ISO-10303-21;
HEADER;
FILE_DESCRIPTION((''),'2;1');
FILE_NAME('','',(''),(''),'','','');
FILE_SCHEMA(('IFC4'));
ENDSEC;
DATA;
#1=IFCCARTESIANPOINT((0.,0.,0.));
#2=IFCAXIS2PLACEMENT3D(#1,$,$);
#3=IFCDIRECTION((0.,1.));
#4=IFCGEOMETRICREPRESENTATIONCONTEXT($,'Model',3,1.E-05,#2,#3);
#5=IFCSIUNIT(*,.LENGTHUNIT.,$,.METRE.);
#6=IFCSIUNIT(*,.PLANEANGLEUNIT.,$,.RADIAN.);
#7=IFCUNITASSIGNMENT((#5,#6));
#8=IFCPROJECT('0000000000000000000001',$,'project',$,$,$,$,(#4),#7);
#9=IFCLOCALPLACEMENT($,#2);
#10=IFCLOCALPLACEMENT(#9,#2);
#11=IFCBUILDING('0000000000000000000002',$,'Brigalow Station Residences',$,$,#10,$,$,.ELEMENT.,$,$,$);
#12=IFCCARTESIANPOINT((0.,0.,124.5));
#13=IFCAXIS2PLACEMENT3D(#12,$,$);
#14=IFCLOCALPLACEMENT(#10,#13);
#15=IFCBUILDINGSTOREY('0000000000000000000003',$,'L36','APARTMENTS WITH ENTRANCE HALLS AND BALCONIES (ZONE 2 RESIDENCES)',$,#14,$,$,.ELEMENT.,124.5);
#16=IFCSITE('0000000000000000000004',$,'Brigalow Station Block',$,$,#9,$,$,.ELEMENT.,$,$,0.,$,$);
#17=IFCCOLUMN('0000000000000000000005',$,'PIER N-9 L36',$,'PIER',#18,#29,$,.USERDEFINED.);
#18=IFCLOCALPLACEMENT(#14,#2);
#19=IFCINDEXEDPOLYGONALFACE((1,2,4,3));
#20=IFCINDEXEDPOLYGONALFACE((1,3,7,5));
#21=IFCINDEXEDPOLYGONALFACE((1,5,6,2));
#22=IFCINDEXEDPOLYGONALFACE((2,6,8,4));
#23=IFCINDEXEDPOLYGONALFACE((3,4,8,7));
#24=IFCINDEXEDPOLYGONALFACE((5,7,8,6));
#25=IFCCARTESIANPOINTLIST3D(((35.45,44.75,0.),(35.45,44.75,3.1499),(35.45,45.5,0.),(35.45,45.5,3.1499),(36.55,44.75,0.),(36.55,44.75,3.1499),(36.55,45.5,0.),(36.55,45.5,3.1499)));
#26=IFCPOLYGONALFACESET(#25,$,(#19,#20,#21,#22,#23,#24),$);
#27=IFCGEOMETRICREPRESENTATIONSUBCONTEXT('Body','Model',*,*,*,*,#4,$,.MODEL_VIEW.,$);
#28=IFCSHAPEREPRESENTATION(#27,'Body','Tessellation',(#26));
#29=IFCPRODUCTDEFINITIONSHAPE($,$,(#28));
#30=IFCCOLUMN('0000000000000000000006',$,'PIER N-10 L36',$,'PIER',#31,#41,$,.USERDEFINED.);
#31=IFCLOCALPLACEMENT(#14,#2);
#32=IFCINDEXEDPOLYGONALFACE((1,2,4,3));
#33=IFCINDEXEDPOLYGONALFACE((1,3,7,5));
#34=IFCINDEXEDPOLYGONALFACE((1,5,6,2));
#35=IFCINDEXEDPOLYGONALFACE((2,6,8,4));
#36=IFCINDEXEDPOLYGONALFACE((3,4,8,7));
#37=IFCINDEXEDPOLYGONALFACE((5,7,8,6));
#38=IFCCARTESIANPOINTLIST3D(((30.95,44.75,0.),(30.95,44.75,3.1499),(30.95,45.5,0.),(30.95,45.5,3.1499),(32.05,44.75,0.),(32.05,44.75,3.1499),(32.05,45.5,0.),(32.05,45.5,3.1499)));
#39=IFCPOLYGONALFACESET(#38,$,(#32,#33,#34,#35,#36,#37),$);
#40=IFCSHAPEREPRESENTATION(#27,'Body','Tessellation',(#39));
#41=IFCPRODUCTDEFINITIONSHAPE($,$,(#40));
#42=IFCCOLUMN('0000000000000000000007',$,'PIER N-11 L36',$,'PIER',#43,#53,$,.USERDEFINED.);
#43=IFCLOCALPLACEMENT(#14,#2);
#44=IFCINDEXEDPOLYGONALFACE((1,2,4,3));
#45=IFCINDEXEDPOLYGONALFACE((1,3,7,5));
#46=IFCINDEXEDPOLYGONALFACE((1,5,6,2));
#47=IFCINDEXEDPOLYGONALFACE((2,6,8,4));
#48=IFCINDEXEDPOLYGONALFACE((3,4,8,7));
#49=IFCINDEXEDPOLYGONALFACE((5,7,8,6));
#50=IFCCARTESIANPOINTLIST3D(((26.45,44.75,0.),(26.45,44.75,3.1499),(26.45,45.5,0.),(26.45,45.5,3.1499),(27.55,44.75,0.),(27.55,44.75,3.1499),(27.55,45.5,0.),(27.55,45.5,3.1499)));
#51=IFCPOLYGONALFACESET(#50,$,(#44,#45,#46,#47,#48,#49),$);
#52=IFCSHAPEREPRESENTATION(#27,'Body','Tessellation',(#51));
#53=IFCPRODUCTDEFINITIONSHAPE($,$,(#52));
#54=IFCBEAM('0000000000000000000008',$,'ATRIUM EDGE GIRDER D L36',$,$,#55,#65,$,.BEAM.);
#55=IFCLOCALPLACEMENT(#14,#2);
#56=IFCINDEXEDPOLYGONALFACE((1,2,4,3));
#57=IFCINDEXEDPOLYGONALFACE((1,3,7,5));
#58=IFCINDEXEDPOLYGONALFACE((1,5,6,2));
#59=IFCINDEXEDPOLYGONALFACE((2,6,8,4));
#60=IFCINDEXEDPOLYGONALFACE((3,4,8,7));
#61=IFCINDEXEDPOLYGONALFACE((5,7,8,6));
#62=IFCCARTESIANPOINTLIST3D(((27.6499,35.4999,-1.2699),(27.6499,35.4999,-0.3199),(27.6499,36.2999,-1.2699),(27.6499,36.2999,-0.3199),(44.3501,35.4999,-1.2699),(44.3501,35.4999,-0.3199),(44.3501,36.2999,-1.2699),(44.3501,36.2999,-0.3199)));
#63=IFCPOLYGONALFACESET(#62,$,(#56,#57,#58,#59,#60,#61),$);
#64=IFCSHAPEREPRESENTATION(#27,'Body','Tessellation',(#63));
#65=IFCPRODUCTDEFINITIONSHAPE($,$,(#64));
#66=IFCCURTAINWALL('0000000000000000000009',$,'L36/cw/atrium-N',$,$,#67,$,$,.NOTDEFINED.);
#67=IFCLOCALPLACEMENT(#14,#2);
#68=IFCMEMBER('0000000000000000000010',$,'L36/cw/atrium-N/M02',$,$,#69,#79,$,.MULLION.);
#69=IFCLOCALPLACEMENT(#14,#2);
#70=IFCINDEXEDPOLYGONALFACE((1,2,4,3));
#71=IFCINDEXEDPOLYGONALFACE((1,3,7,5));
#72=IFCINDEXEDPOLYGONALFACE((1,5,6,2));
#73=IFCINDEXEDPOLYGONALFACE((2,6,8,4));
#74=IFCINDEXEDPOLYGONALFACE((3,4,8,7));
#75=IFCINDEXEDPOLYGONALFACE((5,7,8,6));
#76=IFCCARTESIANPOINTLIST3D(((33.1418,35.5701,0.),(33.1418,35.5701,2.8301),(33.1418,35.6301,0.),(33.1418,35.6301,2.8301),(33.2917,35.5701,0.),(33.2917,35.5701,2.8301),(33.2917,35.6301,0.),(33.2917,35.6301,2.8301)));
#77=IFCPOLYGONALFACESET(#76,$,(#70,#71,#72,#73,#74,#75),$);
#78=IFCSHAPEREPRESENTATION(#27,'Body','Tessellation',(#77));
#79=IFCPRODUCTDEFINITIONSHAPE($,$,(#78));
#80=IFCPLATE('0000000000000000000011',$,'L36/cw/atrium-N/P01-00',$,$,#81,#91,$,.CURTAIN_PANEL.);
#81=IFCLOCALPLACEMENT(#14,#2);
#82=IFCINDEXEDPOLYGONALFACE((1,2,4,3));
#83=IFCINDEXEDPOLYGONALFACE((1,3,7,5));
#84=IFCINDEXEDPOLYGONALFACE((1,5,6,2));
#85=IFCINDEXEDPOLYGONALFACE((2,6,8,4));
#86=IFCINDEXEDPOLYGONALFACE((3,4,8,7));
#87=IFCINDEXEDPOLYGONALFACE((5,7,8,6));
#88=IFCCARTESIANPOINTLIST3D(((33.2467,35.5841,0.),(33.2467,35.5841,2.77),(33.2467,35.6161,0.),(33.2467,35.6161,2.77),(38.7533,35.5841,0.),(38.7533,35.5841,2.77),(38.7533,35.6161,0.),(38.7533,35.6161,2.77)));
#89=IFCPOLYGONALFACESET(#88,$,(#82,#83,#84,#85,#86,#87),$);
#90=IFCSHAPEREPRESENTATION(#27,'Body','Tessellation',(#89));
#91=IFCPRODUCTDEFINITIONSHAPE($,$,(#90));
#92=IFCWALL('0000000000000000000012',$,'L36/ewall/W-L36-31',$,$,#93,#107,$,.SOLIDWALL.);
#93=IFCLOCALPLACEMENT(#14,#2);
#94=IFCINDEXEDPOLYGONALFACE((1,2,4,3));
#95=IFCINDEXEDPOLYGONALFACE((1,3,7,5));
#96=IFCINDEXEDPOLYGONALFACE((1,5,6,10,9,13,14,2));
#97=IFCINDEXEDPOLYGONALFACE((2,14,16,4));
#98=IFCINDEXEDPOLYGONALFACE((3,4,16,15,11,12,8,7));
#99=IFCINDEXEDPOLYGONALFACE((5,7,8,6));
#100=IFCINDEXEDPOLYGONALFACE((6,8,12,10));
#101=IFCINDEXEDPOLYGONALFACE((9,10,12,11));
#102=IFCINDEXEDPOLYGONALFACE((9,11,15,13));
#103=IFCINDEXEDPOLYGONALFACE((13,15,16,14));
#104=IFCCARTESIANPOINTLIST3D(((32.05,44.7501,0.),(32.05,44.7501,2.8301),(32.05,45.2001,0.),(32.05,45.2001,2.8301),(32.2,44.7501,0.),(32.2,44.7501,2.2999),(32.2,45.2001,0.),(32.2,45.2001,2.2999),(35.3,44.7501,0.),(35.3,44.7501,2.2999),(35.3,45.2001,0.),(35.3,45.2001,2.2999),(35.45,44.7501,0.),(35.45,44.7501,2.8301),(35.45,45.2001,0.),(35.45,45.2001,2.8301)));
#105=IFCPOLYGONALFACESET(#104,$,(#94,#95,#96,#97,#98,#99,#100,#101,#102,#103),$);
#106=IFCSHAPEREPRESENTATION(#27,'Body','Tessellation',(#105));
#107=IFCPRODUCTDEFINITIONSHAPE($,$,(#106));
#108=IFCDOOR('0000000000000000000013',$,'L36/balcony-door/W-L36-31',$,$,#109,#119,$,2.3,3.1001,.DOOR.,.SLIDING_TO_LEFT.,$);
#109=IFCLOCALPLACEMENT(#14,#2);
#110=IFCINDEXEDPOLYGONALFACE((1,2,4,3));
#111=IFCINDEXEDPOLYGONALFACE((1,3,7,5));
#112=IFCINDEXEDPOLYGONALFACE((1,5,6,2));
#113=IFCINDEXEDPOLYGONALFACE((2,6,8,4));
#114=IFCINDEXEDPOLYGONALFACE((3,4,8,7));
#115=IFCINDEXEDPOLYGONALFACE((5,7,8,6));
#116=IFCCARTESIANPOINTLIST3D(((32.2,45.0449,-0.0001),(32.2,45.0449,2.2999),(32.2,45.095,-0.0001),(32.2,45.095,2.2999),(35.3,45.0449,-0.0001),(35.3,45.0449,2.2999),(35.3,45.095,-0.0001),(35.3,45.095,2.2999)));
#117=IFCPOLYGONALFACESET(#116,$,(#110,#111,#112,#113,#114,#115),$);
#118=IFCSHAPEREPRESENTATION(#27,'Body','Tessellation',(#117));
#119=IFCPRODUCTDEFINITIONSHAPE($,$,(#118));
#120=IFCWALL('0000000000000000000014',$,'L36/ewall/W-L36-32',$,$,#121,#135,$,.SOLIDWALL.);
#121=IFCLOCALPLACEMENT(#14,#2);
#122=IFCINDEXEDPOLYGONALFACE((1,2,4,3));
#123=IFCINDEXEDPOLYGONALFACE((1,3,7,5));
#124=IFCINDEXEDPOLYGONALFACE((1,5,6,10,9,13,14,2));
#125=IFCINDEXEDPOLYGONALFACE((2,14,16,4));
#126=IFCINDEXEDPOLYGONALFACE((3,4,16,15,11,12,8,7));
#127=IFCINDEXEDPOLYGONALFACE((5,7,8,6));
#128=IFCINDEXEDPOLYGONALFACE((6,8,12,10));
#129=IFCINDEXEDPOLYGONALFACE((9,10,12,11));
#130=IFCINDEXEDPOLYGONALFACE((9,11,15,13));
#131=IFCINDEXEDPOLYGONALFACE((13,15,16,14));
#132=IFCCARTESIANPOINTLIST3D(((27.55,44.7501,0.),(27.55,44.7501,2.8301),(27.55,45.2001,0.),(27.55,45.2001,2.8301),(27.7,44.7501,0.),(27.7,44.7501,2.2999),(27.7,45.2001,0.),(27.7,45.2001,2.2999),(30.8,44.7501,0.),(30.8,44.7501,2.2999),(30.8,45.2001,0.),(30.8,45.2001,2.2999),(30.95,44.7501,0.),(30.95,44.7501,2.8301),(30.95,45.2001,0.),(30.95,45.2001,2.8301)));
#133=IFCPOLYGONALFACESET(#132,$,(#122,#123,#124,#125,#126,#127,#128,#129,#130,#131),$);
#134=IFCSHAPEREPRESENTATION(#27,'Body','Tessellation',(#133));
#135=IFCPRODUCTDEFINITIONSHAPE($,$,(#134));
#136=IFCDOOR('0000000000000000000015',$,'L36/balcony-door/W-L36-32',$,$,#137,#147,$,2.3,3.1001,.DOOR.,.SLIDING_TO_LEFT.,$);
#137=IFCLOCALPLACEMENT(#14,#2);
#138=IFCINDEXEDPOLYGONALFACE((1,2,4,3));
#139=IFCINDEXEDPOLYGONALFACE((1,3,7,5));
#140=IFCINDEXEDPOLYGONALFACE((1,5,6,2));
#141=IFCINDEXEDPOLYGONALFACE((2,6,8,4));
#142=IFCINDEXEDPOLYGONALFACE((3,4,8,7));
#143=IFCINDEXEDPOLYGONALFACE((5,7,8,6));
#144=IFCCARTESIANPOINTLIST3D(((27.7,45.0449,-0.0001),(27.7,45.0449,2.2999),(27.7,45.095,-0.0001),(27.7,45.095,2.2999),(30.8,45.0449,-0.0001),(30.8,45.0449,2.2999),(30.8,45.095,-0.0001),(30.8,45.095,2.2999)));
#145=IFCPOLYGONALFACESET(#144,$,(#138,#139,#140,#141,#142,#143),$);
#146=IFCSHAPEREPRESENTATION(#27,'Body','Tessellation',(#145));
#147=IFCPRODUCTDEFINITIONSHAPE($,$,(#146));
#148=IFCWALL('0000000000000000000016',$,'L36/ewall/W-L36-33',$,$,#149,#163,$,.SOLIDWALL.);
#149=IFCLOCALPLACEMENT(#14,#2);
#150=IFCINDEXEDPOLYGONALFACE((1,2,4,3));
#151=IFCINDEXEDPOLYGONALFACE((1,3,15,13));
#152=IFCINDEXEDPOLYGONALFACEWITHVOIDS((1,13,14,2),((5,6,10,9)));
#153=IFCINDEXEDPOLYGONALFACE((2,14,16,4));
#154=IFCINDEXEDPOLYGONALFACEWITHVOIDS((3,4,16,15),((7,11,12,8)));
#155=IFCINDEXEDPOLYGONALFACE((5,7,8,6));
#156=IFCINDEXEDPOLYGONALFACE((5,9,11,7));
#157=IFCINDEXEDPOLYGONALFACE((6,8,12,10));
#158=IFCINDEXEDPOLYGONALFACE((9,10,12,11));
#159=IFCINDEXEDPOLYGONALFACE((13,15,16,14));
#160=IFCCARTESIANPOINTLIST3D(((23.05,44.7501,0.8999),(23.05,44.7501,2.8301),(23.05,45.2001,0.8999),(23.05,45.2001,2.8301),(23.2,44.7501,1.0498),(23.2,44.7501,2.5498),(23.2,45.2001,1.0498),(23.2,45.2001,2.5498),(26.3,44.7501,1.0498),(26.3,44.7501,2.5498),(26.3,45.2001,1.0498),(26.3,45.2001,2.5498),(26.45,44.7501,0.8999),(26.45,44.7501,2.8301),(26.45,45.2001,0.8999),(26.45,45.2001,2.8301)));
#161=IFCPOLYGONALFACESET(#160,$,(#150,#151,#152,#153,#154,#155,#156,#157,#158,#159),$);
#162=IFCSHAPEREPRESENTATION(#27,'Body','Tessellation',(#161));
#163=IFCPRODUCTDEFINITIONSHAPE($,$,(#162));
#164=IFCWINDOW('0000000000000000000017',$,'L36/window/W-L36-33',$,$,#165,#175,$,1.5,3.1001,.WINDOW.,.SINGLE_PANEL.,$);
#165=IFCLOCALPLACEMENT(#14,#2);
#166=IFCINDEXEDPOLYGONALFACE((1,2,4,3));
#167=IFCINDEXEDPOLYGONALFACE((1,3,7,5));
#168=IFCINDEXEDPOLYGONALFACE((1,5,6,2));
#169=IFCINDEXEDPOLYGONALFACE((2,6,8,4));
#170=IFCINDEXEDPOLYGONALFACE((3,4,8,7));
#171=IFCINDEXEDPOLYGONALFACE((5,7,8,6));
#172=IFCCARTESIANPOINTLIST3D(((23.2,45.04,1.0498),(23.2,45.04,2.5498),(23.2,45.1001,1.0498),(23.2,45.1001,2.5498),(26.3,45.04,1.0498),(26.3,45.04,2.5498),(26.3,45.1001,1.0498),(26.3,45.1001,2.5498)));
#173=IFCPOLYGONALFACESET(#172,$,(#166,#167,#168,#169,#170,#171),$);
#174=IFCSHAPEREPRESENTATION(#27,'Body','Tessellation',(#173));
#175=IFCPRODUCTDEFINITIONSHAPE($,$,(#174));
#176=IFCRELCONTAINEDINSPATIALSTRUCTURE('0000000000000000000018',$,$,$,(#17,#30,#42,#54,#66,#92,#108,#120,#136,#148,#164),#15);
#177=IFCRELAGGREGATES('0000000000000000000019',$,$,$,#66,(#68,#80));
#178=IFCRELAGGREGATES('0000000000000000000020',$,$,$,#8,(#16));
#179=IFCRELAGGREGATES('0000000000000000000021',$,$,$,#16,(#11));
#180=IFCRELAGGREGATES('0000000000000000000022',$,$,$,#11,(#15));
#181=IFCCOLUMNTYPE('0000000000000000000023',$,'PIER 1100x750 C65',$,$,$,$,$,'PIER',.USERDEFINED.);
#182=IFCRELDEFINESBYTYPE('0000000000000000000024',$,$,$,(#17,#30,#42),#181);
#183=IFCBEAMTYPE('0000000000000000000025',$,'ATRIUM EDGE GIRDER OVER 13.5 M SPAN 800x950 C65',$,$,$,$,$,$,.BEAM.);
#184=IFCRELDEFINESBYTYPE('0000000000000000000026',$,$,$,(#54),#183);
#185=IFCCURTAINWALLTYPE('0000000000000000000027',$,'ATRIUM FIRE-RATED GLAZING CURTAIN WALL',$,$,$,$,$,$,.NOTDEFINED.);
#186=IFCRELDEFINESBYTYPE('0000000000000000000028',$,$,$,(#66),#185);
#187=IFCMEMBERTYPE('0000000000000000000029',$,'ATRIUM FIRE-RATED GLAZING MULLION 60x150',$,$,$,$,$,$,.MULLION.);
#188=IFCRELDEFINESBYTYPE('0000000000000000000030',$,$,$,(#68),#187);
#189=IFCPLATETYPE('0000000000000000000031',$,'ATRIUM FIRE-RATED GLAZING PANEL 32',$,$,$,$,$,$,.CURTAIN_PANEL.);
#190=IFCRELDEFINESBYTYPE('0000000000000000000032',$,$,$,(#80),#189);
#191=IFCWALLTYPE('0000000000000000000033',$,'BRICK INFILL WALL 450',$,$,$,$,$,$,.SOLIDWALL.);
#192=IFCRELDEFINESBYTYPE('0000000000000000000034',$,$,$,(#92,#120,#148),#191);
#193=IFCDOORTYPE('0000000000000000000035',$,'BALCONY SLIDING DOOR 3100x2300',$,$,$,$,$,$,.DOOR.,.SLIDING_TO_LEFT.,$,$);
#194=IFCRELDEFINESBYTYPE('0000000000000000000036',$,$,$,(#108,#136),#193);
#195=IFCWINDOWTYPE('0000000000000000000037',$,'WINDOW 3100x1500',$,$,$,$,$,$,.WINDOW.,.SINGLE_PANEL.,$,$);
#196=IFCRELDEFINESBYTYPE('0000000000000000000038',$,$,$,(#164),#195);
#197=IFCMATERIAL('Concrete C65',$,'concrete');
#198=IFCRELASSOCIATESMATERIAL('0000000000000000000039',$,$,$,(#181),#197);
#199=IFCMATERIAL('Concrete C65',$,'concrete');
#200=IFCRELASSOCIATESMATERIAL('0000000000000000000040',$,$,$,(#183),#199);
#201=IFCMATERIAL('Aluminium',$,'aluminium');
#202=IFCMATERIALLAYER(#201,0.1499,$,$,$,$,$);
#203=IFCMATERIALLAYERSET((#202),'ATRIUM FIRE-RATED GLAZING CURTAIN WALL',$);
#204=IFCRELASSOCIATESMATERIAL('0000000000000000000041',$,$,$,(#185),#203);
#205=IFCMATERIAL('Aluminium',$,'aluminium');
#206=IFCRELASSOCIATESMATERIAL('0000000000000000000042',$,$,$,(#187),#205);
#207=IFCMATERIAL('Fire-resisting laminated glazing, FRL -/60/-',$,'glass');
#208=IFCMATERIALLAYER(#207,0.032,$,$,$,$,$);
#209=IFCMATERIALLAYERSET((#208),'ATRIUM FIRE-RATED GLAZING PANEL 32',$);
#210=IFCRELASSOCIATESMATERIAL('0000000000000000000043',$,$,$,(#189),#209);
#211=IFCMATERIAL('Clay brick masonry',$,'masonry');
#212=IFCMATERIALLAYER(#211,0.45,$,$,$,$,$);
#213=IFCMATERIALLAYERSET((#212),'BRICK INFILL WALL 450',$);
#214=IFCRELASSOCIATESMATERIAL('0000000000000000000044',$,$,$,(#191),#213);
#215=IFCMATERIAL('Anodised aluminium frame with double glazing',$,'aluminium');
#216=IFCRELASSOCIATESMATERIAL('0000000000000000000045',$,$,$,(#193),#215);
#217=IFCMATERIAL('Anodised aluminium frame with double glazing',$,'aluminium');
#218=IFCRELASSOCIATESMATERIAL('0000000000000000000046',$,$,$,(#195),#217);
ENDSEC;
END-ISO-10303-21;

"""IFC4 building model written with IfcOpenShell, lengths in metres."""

from ifc_helpers import new_model, si_unit, direction, frame, frame_2d, origin, origin_2d, place, context, subcontext, project, spatial, rectangle, extrude, material, layer, layer_set, material_profile, profile_set, type_object, element, fill, aggregate, save


model = new_model("IFC4")

# Units and contexts
model_context = context("Model", 3, precision=1e-05, world=origin(), true_north=direction((0.0, 1.0)))
body_context = subcontext(model_context, "Body", "Model", "MODEL_VIEW")
ifc_project = project(units=[si_unit("LENGTHUNIT", "METRE"), si_unit("PLANEANGLEUNIT", "RADIAN")], contexts=[model_context])

# Site, building, storey
site_placement = place(None, origin())
site = spatial("IfcSite", under=ifc_project, at=site_placement, Name="Brigalow Station Block", CompositionType="ELEMENT", RefElevation=0.0)
building_placement = place(site_placement, origin())
building = spatial("IfcBuilding", under=site, at=building_placement, Name="Brigalow Station Residences", CompositionType="ELEMENT")
storey_placement = place(building_placement, frame((0.0, 0.0, 124.5)))
storey = spatial("IfcBuildingStorey", under=building, at=storey_placement, Name="L36", Description="APARTMENTS WITH ENTRANCE HALLS AND BALCONIES (ZONE 2 RESIDENCES)", CompositionType="ELEMENT", Elevation=124.5)

# Columns
ifc_material_1 = material(Name="Concrete C65", Category="concrete")
ifc_material_profile_1 = material_profile(ifc_material_1, rectangle(XDim=1.1001, YDim=0.75, at=origin_2d()), Name="RC1100x750")
ifc_profile_set_1 = profile_set([ifc_material_profile_1], Name="Concrete C65")
column_type = type_object("IfcColumnType", Name="PIER 1100x750 C65", ElementType="PIER", PredefinedType="USERDEFINED", material=ifc_profile_set_1)
for number, where, z_axis, x_axis, name in (
    (1, (36.0, 45.125, 0.0), (0.0, 0.0, 1.0), (-1.0, 0.0, 0.0), "PIER N-9 L36"),
    (2, (31.5, 45.125, 0.0), (0.0, 0.0, 1.0), (-1.0, 0.0, 0.0), "PIER N-10 L36"),
    (3, (27.0, 45.125, 0.0), (0.0, 0.0, 1.0), (-1.0, 0.0, 0.0), "PIER N-11 L36"),
):
    element("IfcColumn", number, at=place(storey_placement, frame(where, z_axis=z_axis, x_axis=x_axis)), inside=storey, type_object=column_type, Name=name, ObjectType="PIER", PredefinedType="USERDEFINED", context=body_context, shape_type="SweptSolid", body=[
        extrude(rectangle(XDim=1.1001, YDim=0.75, at=origin_2d()), origin(), (0.0, 0.0, 1.0), 3.1499),
    ])

# Beam
ifc_material_2 = material(Name="Concrete C65", Category="concrete")
ifc_material_profile_2 = material_profile(ifc_material_2, rectangle(XDim=0.8, YDim=0.95, at=origin_2d()), Name="RC800x950")
ifc_profile_set_2 = profile_set([ifc_material_profile_2], Name="Concrete C65")
beam_type = type_object("IfcBeamType", Name="ATRIUM EDGE GIRDER OVER 13.5 M SPAN 800x950 C65", PredefinedType="BEAM", material=ifc_profile_set_2)
beam_placement = place(storey_placement, frame((27.6499, 35.8999, -0.7949), z_axis=(1.0, 0.0, 0.0), x_axis=(0.0, 1.0, 0.0)))
element("IfcBeam", 4, at=beam_placement, inside=storey, type_object=beam_type, Name="ATRIUM EDGE GIRDER D L36", PredefinedType="BEAM", context=body_context, shape_type="SweptSolid", body=[
    extrude(rectangle(XDim=0.8, YDim=0.95, at=origin_2d()), origin(), (0.0, 0.0, 1.0), 16.7002),
])

# Curtain wall, member, plate
ifc_material_3 = material(Name="Aluminium", Category="aluminium")
ifc_layer_1 = layer(ifc_material_3, 0.1499)
ifc_layer_set_1 = layer_set([ifc_layer_1], Name="ATRIUM FIRE-RATED GLAZING CURTAIN WALL")
curtain_wall_type = type_object("IfcCurtainWallType", Name="ATRIUM FIRE-RATED GLAZING CURTAIN WALL", PredefinedType="NOTDEFINED", material=ifc_layer_set_1)
curtain_wall_placement = place(storey_placement, origin())
curtain_wall = element("IfcCurtainWall", 5, at=curtain_wall_placement, inside=storey, type_object=curtain_wall_type, Name="L36/cw/atrium-N", PredefinedType="NOTDEFINED")
ifc_material_4 = material(Name="Aluminium", Category="aluminium")
ifc_material_profile_3 = material_profile(ifc_material_4, rectangle(XDim=0.0601, YDim=0.1499, at=origin_2d()), Name="ATRIUM FIRE-RATED GLAZING MULLION 60x150")
ifc_profile_set_3 = profile_set([ifc_material_profile_3], Name="Aluminium")
member_type = type_object("IfcMemberType", Name="ATRIUM FIRE-RATED GLAZING MULLION 60x150", PredefinedType="MULLION", material=ifc_profile_set_3)
member_placement = place(storey_placement, frame((33.2168, 35.6001, 0.0), z_axis=(0.0, 0.0, 1.0), x_axis=(0.0, -1.0, 0.0)))
member = element("IfcMember", 6, at=member_placement, type_object=member_type, Name="L36/cw/atrium-N/M02", PredefinedType="MULLION", context=body_context, shape_type="SweptSolid", body=[
    extrude(rectangle(XDim=0.0601, YDim=0.1499, at=origin_2d()), origin(), (0.0, 0.0, 1.0), 2.8301),
])
ifc_material_5 = material(Name="Fire-resisting laminated glazing, FRL -/60/-", Category="glass")
ifc_layer_2 = layer(ifc_material_5, 0.032)
ifc_layer_set_2 = layer_set([ifc_layer_2], Name="ATRIUM FIRE-RATED GLAZING PANEL 32")
plate_type = type_object("IfcPlateType", Name="ATRIUM FIRE-RATED GLAZING PANEL 32", PredefinedType="CURTAIN_PANEL", material=ifc_layer_set_2)
plate_placement = place(storey_placement, frame((36.0, 35.6001, 0.0), z_axis=(0.0, 0.0, 1.0), x_axis=(-1.0, 0.0, 0.0)))
plate = element("IfcPlate", 7, at=plate_placement, type_object=plate_type, Name="L36/cw/atrium-N/P01-00", PredefinedType="CURTAIN_PANEL", context=body_context, shape_type="SweptSolid", body=[
    extrude(rectangle(XDim=5.5066, YDim=0.032, at=origin_2d()), origin(), (0.0, 0.0, 1.0), 2.77),
])
aggregate(curtain_wall, [member, plate])

# Walls, openings, doors
ifc_material_6 = material(Name="Clay brick masonry", Category="masonry")
ifc_layer_3 = layer(ifc_material_6, 0.45)
ifc_layer_set_3 = layer_set([ifc_layer_3], Name="BRICK INFILL WALL 450")
wall_type_1 = type_object("IfcWallType", Name="BRICK INFILL WALL 450", PredefinedType="SOLIDWALL", material=ifc_layer_set_3)
wall_1_placement = place(storey_placement, frame((35.45, 44.9751, 0.0), z_axis=(0.0, 0.0, 1.0), x_axis=(-1.0, 0.0, 0.0)))
wall_1 = element("IfcWall", 8, at=wall_1_placement, inside=storey, type_object=wall_type_1, Name="L36/ewall/W-L36-31", PredefinedType="SOLIDWALL", context=body_context, shape_type="SweptSolid", body=[
    extrude(rectangle(XDim=3.3999, YDim=0.45, at=frame_2d((1.7, 0.0))), origin(), (0.0, 0.0, 1.0), 2.8301),
])
opening_1_placement = place(wall_1_placement, frame((0.1499, 0.0, 0.0)))
opening_1 = element("IfcOpeningElement", 9, at=opening_1_placement, cuts=wall_1, PredefinedType="OPENING", context=body_context, shape_type="SweptSolid", body=[
    extrude(rectangle(XDim=3.1001, YDim=2.3, at=frame_2d((1.55, 1.1499))), frame((0.0, 0.2349, 0.0), z_axis=(0.0, -1.0, 0.0), x_axis=(1.0, 0.0, 0.0)), (0.0, 0.0, 1.0), 0.47),
])
ifc_material_7 = material(Name="Anodised aluminium frame with double glazing", Category="aluminium")
door_type_1 = type_object("IfcDoorType", Name="BALCONY SLIDING DOOR 3100x2300", OperationType="SLIDING_TO_LEFT", PredefinedType="DOOR", material=ifc_material_7)
door_1_placement = place(opening_1_placement, origin())
door_1 = element("IfcDoor", 10, at=door_1_placement, inside=storey, type_object=door_type_1, Name="L36/balcony-door/W-L36-31", OperationType="SLIDING_TO_LEFT", OverallHeight=2.3, OverallWidth=3.1001, PredefinedType="DOOR", context=body_context, shape_type="SweptSolid", body=[
    extrude(rectangle(XDim=3.1001, YDim=2.3, at=frame_2d((1.55, 1.1499))), frame((0.0, -0.0698, 0.0), z_axis=(0.0, -1.0, 0.0), x_axis=(1.0, 0.0, 0.0)), (0.0, 0.0, 1.0), 0.05),
])
fill(opening_1, door_1)
wall_2_placement = place(storey_placement, frame((30.95, 44.9751, 0.0), z_axis=(0.0, 0.0, 1.0), x_axis=(-1.0, 0.0, 0.0)))
wall_2 = element("IfcWall", 11, at=wall_2_placement, inside=storey, type_object=wall_type_1, Name="L36/ewall/W-L36-32", PredefinedType="SOLIDWALL", context=body_context, shape_type="SweptSolid", body=[
    extrude(rectangle(XDim=3.3999, YDim=0.45, at=frame_2d((1.7, 0.0))), origin(), (0.0, 0.0, 1.0), 2.8301),
])
opening_2_placement = place(wall_2_placement, frame((0.1499, 0.0, 0.0)))
opening_2 = element("IfcOpeningElement", 12, at=opening_2_placement, cuts=wall_2, PredefinedType="OPENING", context=body_context, shape_type="SweptSolid", body=[
    extrude(rectangle(XDim=3.1001, YDim=2.3, at=frame_2d((1.55, 1.1499))), frame((0.0, 0.2349, 0.0), z_axis=(0.0, -1.0, 0.0), x_axis=(1.0, 0.0, 0.0)), (0.0, 0.0, 1.0), 0.47),
])
door_2_placement = place(opening_2_placement, origin())
door_2 = element("IfcDoor", 13, at=door_2_placement, inside=storey, type_object=door_type_1, Name="L36/balcony-door/W-L36-32", OperationType="SLIDING_TO_LEFT", OverallHeight=2.3, OverallWidth=3.1001, PredefinedType="DOOR", context=body_context, shape_type="SweptSolid", body=[
    extrude(rectangle(XDim=3.1001, YDim=2.3, at=frame_2d((1.55, 1.1499))), frame((0.0, -0.0698, 0.0), z_axis=(0.0, -1.0, 0.0), x_axis=(1.0, 0.0, 0.0)), (0.0, 0.0, 1.0), 0.05),
])
fill(opening_2, door_2)

# Wall, opening, window
wall_3_placement = place(storey_placement, frame((26.45, 44.9751, 0.8999), z_axis=(0.0, 0.0, 1.0), x_axis=(-1.0, 0.0, 0.0)))
wall_3 = element("IfcWall", 14, at=wall_3_placement, inside=storey, type_object=wall_type_1, Name="L36/ewall/W-L36-33", PredefinedType="SOLIDWALL", context=body_context, shape_type="SweptSolid", body=[
    extrude(rectangle(XDim=3.3999, YDim=0.45, at=frame_2d((1.7, 0.0))), origin(), (0.0, 0.0, 1.0), 1.9302),
])
opening_3_placement = place(wall_3_placement, frame((0.1499, 0.0, 0.1499)))
opening_3 = element("IfcOpeningElement", 15, at=opening_3_placement, cuts=wall_3, PredefinedType="OPENING", context=body_context, shape_type="SweptSolid", body=[
    extrude(rectangle(XDim=3.1001, YDim=1.5, at=frame_2d((1.55, 0.75))), frame((0.0, 0.2349, 0.0), z_axis=(0.0, -1.0, 0.0), x_axis=(1.0, 0.0, 0.0)), (0.0, 0.0, 1.0), 0.47),
])
ifc_material_8 = material(Name="Anodised aluminium frame with double glazing", Category="aluminium")
window_type = type_object("IfcWindowType", Name="WINDOW 3100x1500", PartitioningType="SINGLE_PANEL", PredefinedType="WINDOW", material=ifc_material_8)
window_placement = place(opening_3_placement, origin())
window = element("IfcWindow", 16, at=window_placement, inside=storey, type_object=window_type, Name="L36/window/W-L36-33", OverallHeight=1.5, OverallWidth=3.1001, PartitioningType="SINGLE_PANEL", PredefinedType="WINDOW", context=body_context, shape_type="SweptSolid", body=[
    extrude(rectangle(XDim=3.1001, YDim=1.5, at=frame_2d((1.55, 0.75))), frame((0.0, -0.0649, 0.0), z_axis=(0.0, -1.0, 0.0), x_axis=(1.0, 0.0, 0.0)), (0.0, 0.0, 1.0), 0.0601),
])
fill(opening_3, window)

save(model, "model.ifc")
